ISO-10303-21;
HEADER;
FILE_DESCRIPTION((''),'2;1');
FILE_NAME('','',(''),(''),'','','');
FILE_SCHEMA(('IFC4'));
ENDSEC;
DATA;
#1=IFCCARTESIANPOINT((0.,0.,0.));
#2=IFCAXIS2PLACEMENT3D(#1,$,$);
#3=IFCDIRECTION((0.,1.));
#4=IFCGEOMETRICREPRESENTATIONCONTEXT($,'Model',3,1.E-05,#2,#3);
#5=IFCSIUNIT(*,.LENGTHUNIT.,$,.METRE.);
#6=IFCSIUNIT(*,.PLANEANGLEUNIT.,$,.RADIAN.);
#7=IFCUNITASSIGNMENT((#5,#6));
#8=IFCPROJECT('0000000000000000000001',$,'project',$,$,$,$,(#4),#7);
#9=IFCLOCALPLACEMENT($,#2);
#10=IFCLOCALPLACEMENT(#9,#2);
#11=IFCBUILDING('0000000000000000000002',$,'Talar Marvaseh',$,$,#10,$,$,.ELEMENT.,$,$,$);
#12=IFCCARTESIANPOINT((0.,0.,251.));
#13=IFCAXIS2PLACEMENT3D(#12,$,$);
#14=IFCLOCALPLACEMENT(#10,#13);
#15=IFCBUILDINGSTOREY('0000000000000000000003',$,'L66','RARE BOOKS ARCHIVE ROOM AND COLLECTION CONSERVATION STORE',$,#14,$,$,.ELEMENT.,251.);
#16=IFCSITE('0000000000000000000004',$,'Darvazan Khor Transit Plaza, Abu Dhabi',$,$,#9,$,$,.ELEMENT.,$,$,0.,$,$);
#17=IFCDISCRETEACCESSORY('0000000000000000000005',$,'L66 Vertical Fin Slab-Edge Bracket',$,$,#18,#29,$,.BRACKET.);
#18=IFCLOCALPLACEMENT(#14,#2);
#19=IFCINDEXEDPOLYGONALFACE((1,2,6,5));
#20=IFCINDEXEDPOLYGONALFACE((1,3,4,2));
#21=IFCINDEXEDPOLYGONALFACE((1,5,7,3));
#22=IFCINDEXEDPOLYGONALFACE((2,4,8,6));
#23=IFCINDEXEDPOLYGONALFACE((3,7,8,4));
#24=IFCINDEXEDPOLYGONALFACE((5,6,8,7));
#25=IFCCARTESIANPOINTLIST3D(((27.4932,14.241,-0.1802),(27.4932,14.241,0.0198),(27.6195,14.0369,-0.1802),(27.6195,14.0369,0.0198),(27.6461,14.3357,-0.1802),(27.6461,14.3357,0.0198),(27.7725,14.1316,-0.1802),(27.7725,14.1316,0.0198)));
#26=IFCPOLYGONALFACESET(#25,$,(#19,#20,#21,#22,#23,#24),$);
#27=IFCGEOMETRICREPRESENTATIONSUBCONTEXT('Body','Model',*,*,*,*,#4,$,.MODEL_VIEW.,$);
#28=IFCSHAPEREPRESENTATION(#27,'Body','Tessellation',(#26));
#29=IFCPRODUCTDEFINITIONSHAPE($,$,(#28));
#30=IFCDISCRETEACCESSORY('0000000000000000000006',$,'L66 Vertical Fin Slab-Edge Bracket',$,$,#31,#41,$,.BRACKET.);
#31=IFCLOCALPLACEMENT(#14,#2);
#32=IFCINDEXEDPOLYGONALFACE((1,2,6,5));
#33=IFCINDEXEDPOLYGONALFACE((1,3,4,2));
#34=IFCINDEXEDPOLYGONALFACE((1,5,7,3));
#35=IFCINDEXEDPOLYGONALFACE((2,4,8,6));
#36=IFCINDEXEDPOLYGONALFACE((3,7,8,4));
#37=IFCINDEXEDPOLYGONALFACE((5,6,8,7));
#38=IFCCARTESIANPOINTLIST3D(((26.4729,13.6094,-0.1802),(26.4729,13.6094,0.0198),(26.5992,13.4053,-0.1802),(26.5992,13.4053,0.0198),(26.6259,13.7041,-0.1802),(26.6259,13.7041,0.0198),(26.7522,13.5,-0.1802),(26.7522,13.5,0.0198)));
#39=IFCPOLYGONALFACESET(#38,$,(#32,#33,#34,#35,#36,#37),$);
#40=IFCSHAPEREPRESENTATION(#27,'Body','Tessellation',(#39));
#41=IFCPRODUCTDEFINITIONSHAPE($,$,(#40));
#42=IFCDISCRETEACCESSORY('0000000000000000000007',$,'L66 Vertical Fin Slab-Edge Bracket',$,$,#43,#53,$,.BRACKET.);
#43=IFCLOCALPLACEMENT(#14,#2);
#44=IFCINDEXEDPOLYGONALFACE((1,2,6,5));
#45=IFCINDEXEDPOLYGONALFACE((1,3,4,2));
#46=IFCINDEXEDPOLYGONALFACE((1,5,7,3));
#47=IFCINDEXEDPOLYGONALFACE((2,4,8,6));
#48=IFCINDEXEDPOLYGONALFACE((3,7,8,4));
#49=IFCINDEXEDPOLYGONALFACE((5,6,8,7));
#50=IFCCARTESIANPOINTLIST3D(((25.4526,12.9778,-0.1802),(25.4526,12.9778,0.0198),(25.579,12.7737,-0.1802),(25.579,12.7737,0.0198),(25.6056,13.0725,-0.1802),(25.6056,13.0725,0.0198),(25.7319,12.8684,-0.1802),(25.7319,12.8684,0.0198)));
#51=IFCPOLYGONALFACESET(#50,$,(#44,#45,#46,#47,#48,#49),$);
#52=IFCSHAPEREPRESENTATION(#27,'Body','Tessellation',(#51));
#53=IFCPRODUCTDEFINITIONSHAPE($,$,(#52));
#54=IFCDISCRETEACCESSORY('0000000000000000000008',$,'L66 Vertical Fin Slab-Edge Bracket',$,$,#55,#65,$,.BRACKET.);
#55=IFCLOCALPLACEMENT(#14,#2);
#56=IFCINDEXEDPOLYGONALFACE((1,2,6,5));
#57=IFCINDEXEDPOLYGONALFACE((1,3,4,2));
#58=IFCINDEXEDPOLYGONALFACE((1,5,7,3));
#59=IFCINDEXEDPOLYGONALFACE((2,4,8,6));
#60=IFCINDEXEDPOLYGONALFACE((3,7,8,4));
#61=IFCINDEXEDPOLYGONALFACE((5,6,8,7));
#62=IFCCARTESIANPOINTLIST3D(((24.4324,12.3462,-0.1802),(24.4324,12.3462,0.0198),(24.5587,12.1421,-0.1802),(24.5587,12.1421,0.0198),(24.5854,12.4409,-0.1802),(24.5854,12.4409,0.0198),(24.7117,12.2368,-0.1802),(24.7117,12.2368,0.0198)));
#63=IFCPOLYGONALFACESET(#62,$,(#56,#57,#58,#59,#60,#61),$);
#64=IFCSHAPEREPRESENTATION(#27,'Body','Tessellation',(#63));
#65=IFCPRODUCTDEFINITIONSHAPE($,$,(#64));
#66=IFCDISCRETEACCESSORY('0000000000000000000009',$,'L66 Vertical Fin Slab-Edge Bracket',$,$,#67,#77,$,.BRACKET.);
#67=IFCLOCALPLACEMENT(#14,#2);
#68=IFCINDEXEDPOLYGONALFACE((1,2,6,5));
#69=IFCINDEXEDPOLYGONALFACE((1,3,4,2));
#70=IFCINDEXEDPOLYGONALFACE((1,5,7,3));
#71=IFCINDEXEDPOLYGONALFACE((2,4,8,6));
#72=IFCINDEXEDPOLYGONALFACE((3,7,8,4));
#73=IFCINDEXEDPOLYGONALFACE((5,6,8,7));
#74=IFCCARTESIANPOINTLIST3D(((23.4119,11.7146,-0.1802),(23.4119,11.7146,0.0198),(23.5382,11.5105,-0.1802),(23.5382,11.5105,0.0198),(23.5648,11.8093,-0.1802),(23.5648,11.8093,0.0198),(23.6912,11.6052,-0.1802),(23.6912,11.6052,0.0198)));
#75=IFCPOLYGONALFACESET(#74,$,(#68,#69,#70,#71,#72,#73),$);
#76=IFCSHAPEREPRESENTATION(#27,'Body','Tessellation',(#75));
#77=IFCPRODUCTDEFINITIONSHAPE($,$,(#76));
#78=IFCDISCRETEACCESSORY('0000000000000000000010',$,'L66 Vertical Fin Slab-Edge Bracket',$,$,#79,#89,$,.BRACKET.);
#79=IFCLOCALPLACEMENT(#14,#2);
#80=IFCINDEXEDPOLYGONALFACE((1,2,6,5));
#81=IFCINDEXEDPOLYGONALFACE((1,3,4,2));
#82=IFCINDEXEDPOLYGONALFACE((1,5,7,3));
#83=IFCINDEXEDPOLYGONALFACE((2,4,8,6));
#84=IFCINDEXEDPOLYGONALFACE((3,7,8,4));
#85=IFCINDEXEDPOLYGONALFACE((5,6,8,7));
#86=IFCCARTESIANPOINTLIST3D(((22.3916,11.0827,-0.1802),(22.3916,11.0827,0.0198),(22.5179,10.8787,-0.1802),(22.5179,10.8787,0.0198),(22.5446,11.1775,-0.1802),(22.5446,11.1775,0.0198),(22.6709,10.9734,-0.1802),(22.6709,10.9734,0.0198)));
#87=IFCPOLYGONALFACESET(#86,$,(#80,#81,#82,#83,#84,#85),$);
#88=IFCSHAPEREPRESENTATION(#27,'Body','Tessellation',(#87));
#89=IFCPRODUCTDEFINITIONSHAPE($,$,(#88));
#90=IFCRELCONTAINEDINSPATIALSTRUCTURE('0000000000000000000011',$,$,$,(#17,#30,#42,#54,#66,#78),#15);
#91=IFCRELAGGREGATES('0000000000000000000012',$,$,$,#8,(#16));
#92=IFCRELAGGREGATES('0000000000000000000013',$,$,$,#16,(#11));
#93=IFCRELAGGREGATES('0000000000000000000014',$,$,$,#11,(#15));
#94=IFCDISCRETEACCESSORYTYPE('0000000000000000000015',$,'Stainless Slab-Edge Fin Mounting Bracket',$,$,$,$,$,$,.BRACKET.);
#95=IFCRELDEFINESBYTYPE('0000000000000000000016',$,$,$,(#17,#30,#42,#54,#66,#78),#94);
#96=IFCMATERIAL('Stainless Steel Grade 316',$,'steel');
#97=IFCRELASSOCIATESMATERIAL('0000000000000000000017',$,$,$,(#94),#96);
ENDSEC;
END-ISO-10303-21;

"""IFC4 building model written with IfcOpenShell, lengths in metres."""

from ifc_helpers import new_model, si_unit, direction, frame, origin, origin_2d, place, context, subcontext, project, spatial, rectangle, extrude, source, transform, mapped, material, type_object, type_shapes, element, save


model = new_model("IFC4")

# Units and contexts
model_context = context("Model", 3, precision=1e-05, world=origin(), true_north=direction((0.0, 1.0)))
body_context = subcontext(model_context, "Body", "Model", "MODEL_VIEW")
ifc_project = project(units=[si_unit("LENGTHUNIT", "METRE"), si_unit("PLANEANGLEUNIT", "RADIAN")], contexts=[model_context])

# Site, building, storey
site_placement = place(None, origin())
site = spatial("IfcSite", under=ifc_project, at=site_placement, Name="Darvazan Khor Transit Plaza, Abu Dhabi", CompositionType="ELEMENT", RefElevation=0.0)
building_placement = place(site_placement, origin())
building = spatial("IfcBuilding", under=site, at=building_placement, Name="Talar Marvaseh", CompositionType="ELEMENT")
storey_placement = place(building_placement, frame((0.0, 0.0, 251.0)))
storey = spatial("IfcBuildingStorey", under=building, at=storey_placement, Name="L66", Description="RARE BOOKS ARCHIVE ROOM AND COLLECTION CONSERVATION STORE", CompositionType="ELEMENT", Elevation=251.0)

# Discrete accessories
ifc_material_1 = material(Name="Stainless Steel Grade 316", Category="steel")
discrete_accessory_type = type_object("IfcDiscreteAccessoryType", Name="Stainless Slab-Edge Fin Mounting Bracket", PredefinedType="BRACKET", material=ifc_material_1)
shared_shape_1 = source(origin(), body_context, "Body", "SweptSolid", [
    extrude(rectangle(XDim=0.24, YDim=0.1799, at=origin_2d()), origin(), (0.0, 0.0, 1.0), 0.2),
])
type_shapes(discrete_accessory_type, [shared_shape_1])
for number, where, z_axis, x_axis, name in (
    (1, (27.6328, 14.1863, -0.1802), (0.0, 0.0, 1.0), (0.526362, -0.85026, 0.0), "L66 Vertical Fin Slab-Edge Bracket"),
    (2, (26.6125, 13.5547, -0.1802), (0.0, 0.0, 1.0), (0.526362, -0.85026, 0.0), "L66 Vertical Fin Slab-Edge Bracket"),
    (3, (25.5923, 12.9231, -0.1802), (0.0, 0.0, 1.0), (0.526362, -0.85026, 0.0), "L66 Vertical Fin Slab-Edge Bracket"),
    (4, (24.572, 12.2915, -0.1802), (0.0, 0.0, 1.0), (0.526362, -0.85026, 0.0), "L66 Vertical Fin Slab-Edge Bracket"),
    (5, (23.5515, 11.6599, -0.1802), (0.0, 0.0, 1.0), (0.526362, -0.85026, 0.0), "L66 Vertical Fin Slab-Edge Bracket"),
    (6, (22.5312, 11.0281, -0.1802), (0.0, 0.0, 1.0), (0.526362, -0.85026, 0.0), "L66 Vertical Fin Slab-Edge Bracket"),
):
    element("IfcDiscreteAccessory", number, at=place(storey_placement, frame(where, z_axis=z_axis, x_axis=x_axis)), inside=storey, type_object=discrete_accessory_type, Name=name, PredefinedType="BRACKET", context=body_context, shape_type="MappedRepresentation", body=[
        mapped(shared_shape_1, transform((0.0, 0.0, 0.0), x_axis=(1.0, 0.0, 0.0), y_axis=(0.0, 1.0, 0.0), z_axis=(0.0, 0.0, 1.0), scale=1.0)),
    ])

save(model, "model.ifc")
